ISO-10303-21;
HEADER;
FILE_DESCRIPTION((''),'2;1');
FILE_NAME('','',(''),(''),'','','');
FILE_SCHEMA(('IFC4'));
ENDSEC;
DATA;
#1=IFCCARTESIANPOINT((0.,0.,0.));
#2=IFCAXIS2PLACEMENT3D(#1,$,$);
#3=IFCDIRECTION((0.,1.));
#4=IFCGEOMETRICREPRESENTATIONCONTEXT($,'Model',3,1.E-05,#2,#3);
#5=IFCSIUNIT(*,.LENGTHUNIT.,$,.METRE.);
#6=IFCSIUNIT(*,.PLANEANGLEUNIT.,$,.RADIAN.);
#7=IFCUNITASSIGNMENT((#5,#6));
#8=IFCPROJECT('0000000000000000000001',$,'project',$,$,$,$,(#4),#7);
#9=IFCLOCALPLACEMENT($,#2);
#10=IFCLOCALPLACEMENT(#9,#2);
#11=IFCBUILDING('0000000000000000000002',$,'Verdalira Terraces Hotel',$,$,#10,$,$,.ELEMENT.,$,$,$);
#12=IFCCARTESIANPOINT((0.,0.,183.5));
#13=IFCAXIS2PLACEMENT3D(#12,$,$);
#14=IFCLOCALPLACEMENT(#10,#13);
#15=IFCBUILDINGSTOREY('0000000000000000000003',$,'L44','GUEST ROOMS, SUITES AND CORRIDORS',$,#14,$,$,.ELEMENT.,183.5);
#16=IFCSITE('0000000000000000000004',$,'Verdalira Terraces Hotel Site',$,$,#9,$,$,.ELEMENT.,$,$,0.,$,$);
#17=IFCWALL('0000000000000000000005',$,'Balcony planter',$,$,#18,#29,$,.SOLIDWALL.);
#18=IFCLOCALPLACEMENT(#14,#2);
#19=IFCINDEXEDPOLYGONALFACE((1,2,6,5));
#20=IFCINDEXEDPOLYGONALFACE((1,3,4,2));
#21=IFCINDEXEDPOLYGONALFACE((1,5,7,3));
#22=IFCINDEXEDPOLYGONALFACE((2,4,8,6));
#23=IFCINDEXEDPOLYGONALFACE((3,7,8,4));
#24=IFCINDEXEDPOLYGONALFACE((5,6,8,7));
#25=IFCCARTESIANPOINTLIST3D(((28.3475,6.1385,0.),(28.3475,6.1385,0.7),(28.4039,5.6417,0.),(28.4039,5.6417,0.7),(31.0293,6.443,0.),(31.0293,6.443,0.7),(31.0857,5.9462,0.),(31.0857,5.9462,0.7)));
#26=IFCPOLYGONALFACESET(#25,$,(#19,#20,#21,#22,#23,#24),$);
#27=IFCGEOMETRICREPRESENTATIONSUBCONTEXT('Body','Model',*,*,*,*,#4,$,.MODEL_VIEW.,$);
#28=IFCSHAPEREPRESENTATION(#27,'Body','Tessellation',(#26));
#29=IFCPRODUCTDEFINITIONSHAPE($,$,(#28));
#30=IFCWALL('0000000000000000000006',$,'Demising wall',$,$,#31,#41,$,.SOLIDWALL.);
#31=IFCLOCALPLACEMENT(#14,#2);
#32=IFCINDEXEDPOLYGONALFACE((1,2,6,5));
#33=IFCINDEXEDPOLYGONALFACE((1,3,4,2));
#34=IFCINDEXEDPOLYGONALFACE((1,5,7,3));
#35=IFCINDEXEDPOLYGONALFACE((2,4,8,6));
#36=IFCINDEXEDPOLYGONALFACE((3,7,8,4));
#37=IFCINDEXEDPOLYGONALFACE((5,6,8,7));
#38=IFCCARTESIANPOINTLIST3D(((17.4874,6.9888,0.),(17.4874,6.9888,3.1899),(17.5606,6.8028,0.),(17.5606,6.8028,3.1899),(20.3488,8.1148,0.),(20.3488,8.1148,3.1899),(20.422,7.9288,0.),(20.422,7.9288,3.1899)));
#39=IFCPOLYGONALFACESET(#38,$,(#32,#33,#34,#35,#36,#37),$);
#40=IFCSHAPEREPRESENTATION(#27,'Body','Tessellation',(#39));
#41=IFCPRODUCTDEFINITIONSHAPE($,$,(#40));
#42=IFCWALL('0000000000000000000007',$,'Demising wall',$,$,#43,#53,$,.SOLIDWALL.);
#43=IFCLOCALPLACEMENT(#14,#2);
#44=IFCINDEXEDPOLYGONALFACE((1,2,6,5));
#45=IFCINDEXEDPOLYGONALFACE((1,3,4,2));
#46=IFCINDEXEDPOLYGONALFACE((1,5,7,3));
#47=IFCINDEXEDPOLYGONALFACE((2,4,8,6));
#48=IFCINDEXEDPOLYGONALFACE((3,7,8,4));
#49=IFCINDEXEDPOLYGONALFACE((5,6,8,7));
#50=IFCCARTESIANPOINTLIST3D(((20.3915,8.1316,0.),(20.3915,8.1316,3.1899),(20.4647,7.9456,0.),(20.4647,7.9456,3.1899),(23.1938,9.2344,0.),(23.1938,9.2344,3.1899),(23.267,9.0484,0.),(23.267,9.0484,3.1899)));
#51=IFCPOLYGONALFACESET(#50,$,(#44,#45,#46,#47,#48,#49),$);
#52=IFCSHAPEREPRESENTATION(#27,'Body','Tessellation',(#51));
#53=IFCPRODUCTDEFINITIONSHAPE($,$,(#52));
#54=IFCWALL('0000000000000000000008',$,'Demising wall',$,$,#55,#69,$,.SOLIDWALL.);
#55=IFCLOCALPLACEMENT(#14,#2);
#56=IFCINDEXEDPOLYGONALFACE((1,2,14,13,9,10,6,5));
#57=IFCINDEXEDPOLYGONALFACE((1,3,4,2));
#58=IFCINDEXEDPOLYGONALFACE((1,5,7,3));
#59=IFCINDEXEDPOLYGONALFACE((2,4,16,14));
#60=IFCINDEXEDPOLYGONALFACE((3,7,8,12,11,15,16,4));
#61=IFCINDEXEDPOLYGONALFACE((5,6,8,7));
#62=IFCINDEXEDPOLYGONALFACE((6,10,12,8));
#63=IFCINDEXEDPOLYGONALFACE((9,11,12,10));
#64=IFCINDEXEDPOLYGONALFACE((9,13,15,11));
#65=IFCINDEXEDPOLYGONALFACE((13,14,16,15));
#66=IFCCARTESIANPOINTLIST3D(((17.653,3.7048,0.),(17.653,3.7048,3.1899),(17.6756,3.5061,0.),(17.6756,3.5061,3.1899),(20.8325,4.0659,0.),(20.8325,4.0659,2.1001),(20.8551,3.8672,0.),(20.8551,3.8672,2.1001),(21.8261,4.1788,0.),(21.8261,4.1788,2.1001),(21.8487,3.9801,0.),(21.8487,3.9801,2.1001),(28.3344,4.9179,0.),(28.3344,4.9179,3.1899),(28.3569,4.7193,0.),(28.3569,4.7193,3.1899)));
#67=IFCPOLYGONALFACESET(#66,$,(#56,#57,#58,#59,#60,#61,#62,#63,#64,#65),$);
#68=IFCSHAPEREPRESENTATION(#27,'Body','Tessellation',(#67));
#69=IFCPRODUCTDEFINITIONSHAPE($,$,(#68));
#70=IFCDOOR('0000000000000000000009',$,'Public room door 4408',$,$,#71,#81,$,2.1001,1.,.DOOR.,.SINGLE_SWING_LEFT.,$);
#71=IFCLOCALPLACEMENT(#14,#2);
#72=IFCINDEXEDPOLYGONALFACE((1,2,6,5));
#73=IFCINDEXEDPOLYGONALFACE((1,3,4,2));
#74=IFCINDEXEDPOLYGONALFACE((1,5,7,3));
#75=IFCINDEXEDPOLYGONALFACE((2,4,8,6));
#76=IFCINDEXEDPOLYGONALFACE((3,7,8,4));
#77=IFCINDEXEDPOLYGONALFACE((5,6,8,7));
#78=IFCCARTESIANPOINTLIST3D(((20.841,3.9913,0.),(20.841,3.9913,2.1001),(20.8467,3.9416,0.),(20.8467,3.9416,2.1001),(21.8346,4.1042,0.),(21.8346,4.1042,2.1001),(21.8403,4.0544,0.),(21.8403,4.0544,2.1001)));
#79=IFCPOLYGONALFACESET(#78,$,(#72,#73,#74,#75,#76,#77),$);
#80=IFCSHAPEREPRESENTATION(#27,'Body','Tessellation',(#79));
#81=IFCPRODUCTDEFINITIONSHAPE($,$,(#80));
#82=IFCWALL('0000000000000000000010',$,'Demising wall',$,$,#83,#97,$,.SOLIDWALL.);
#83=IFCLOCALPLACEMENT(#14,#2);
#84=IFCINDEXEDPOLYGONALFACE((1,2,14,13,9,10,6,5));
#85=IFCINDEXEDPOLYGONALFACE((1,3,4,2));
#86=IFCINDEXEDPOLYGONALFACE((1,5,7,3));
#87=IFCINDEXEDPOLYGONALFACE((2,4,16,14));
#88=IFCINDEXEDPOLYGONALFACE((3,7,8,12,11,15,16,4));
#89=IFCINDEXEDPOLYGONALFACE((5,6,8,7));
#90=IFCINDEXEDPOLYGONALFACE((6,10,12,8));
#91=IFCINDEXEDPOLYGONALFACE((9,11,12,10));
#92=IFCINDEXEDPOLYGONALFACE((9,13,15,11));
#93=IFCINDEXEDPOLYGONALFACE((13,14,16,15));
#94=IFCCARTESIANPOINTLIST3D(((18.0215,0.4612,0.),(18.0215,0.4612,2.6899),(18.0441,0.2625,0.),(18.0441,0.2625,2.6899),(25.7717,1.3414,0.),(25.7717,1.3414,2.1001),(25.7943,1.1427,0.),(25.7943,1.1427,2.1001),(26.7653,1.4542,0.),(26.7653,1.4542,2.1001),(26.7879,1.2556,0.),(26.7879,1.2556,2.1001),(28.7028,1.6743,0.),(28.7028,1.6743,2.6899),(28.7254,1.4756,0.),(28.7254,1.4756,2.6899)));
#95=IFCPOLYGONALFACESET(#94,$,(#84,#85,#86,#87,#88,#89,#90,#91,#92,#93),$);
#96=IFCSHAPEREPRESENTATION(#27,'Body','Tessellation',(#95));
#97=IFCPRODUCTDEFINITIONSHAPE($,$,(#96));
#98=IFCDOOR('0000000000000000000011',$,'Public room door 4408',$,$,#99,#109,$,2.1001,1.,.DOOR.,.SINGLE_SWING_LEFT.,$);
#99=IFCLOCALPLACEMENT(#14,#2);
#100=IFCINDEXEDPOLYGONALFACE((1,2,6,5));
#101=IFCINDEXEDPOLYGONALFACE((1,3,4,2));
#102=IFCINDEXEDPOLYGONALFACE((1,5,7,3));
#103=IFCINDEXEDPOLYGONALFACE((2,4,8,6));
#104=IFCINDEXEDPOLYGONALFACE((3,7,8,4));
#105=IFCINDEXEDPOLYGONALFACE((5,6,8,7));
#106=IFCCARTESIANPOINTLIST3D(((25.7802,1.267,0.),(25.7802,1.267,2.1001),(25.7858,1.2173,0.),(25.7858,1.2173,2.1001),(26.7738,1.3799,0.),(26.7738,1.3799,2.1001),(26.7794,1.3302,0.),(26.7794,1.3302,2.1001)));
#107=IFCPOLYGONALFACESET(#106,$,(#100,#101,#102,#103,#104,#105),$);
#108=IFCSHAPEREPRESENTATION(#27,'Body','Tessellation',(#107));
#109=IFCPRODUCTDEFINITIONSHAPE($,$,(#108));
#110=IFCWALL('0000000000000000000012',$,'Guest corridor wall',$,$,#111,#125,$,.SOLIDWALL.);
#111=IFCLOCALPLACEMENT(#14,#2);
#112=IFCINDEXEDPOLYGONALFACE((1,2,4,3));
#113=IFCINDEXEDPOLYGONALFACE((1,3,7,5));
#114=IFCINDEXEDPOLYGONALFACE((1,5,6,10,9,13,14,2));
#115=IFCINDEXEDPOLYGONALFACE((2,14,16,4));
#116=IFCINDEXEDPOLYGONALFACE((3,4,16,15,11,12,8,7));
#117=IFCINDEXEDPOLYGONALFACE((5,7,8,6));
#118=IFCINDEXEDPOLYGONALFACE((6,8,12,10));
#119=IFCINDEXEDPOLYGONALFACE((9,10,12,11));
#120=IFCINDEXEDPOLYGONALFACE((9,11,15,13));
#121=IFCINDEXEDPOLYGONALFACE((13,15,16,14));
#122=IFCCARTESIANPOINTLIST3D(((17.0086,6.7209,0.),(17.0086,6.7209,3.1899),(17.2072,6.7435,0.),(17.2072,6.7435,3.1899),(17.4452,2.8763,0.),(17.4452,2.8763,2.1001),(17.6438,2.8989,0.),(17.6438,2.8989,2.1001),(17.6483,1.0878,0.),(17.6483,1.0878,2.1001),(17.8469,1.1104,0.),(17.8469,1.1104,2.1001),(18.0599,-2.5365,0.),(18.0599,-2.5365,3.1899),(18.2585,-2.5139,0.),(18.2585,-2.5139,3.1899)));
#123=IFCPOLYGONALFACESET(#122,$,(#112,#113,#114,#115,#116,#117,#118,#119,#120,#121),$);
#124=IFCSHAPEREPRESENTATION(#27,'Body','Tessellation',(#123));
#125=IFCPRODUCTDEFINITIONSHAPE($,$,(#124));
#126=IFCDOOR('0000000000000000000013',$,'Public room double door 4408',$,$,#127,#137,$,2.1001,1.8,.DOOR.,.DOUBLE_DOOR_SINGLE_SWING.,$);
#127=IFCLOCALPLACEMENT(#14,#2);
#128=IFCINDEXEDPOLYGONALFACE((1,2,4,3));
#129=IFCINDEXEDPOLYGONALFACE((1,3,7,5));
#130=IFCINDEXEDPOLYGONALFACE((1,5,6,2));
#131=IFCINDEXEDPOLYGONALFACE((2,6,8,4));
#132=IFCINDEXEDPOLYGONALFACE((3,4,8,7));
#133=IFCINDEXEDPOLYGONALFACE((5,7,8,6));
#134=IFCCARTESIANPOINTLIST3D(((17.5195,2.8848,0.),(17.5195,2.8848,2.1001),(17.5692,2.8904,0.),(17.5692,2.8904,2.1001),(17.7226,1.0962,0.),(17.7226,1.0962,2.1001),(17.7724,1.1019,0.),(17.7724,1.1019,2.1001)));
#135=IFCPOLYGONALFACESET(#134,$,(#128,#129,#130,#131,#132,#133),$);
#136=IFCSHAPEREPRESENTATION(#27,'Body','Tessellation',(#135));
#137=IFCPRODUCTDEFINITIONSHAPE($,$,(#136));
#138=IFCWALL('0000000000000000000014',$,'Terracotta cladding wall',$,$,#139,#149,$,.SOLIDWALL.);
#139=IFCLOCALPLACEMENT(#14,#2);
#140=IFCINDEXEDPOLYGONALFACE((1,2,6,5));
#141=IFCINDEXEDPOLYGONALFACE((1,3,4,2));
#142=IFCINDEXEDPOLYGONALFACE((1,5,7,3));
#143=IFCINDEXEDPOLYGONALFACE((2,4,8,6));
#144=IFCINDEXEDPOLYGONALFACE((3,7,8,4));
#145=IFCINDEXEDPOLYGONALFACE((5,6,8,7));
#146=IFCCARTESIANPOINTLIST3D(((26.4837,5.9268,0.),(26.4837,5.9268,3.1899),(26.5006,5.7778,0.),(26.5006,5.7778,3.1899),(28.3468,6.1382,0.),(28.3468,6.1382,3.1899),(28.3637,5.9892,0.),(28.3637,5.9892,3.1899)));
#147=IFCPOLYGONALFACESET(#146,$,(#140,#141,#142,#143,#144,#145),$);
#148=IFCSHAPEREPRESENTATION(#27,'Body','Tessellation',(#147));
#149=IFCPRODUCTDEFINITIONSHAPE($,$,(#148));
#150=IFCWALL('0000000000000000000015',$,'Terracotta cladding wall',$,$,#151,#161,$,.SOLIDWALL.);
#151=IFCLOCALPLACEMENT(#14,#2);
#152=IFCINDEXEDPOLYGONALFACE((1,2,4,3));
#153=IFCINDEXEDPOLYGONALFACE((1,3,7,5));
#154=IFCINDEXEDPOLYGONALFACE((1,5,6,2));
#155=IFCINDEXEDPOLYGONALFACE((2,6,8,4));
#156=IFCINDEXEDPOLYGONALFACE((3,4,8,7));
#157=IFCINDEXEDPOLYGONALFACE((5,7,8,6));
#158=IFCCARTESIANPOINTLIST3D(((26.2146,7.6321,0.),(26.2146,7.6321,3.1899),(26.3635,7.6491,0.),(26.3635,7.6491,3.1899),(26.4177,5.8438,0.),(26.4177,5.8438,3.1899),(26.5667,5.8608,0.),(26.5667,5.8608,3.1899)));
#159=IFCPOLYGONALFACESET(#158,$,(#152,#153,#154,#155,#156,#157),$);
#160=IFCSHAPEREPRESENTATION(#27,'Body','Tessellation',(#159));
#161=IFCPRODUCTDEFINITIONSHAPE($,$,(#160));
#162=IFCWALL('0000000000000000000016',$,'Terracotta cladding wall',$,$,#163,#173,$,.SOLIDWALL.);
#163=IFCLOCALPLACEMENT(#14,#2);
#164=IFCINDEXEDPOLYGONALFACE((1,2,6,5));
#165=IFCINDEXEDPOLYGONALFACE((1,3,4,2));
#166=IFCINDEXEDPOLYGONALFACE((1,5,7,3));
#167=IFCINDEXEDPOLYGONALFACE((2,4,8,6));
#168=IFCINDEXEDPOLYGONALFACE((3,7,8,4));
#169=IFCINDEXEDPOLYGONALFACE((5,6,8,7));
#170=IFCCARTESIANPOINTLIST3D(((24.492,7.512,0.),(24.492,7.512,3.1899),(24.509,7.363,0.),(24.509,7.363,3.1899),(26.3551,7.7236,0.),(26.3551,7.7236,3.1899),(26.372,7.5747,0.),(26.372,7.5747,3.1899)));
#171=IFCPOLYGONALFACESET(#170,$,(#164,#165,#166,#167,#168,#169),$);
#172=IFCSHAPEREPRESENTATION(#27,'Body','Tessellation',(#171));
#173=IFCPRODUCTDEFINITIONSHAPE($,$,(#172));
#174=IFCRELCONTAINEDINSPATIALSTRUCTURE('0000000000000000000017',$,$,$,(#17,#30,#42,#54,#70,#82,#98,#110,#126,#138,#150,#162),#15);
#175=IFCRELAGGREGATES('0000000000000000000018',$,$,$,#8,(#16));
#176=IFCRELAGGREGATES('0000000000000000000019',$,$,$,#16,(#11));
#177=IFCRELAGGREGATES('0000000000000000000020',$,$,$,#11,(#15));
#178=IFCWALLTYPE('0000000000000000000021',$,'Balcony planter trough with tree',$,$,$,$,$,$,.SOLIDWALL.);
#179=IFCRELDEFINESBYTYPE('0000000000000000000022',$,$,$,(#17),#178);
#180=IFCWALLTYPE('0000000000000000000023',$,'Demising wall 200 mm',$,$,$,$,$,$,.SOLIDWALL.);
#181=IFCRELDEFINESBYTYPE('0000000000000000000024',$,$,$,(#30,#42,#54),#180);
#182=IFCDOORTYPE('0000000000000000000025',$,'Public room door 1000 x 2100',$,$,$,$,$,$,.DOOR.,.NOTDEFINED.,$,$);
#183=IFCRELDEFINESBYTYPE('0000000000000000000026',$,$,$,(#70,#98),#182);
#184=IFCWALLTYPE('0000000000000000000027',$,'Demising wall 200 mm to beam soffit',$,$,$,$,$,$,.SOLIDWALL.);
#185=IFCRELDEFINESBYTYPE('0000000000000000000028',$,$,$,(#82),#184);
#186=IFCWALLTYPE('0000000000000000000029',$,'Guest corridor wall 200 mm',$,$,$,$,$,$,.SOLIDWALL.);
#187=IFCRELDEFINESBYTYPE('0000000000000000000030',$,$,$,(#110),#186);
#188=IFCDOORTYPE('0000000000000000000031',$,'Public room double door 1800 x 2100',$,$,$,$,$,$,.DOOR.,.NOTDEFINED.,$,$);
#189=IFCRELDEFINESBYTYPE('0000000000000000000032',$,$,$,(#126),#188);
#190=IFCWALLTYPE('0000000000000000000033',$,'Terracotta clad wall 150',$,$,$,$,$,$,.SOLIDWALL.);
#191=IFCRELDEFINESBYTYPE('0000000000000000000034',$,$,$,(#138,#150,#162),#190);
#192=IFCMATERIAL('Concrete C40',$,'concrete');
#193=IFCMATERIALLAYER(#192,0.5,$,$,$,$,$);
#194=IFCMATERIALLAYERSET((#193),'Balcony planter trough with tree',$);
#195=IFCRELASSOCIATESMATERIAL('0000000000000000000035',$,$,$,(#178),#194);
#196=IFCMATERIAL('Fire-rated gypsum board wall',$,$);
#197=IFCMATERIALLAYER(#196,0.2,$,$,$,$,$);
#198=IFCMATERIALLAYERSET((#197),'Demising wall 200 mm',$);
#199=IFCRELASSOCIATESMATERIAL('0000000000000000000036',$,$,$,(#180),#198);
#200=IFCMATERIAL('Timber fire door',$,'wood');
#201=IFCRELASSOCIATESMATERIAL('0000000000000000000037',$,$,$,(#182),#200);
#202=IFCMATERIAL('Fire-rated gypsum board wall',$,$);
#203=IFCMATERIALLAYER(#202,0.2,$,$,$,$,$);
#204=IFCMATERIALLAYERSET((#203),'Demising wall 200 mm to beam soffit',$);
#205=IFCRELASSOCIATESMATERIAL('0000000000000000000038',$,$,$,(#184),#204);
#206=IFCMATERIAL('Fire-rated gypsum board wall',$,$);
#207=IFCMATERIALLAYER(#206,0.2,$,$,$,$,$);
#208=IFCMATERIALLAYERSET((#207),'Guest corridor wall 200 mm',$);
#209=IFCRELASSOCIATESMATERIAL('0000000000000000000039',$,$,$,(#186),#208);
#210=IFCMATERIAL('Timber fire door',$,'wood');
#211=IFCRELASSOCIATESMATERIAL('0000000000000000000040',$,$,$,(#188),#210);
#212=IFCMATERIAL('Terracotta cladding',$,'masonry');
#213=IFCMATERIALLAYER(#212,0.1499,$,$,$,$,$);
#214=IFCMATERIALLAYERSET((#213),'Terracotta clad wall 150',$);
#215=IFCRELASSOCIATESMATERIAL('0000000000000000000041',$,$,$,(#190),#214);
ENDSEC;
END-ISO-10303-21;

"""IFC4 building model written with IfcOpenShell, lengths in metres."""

from ifc_helpers import new_model, si_unit, direction, frame, frame_2d, origin, place, context, subcontext, project, spatial, rectangle, extrude, material, layer, layer_set, type_object, element, fill, save


model = new_model("IFC4")

# Units and contexts
model_context = context("Model", 3, precision=1e-05, world=origin(), true_north=direction((0.0, 1.0)))
body_context = subcontext(model_context, "Body", "Model", "MODEL_VIEW")
ifc_project = project(units=[si_unit("LENGTHUNIT", "METRE"), si_unit("PLANEANGLEUNIT", "RADIAN")], contexts=[model_context])

# Site, building, storey
site_placement = place(None, origin())
site = spatial("IfcSite", under=ifc_project, at=site_placement, Name="Verdalira Terraces Hotel Site", CompositionType="ELEMENT", RefElevation=0.0)
building_placement = place(site_placement, origin())
building = spatial("IfcBuilding", under=site, at=building_placement, Name="Verdalira Terraces Hotel", CompositionType="ELEMENT")
storey_placement = place(building_placement, frame((0.0, 0.0, 183.5)))
storey = spatial("IfcBuildingStorey", under=building, at=storey_placement, Name="L44", Description="GUEST ROOMS, SUITES AND CORRIDORS", CompositionType="ELEMENT", Elevation=183.5)

# Walls
ifc_material_1 = material(Name="Concrete C40", Category="concrete")
ifc_layer_1 = layer(ifc_material_1, 0.5)
ifc_layer_set_1 = layer_set([ifc_layer_1], Name="Balcony planter trough with tree")
wall_type_1 = type_object("IfcWallType", Name="Balcony planter trough with tree", PredefinedType="SOLIDWALL", material=ifc_layer_set_1)
wall_1_placement = place(storey_placement, frame((31.0576, 6.1946, 0.0), z_axis=(0.0, 0.0, 1.0), x_axis=(-0.993617, -0.112804, 0.0)))
element("IfcWall", 1, at=wall_1_placement, inside=storey, type_object=wall_type_1, Name="Balcony planter", PredefinedType="SOLIDWALL", context=body_context, shape_type="SweptSolid", body=[
    extrude(rectangle(XDim=2.699, YDim=0.5, at=frame_2d((1.3496, 0.0))), origin(), (0.0, 0.0, 1.0), 0.7),
])
ifc_material_2 = material(Name="Fire-rated gypsum board wall")
ifc_layer_2 = layer(ifc_material_2, 0.2)
ifc_layer_set_2 = layer_set([ifc_layer_2], Name="Demising wall 200 mm")
wall_type_2 = type_object("IfcWallType", Name="Demising wall 200 mm", PredefinedType="SOLIDWALL", material=ifc_layer_set_2)
wall_2_placement = place(storey_placement, frame((17.5239, 6.8958, 0.0), z_axis=(0.0, 0.0, 1.0), x_axis=(0.930543, 0.366183, 0.0)))
element("IfcWall", 2, at=wall_2_placement, inside=storey, type_object=wall_type_2, Name="Demising wall", PredefinedType="SOLIDWALL", context=body_context, shape_type="SweptSolid", body=[
    extrude(rectangle(XDim=3.075, YDim=0.2, at=frame_2d((1.5376, 0.0))), origin(), (0.0, 0.0, 1.0), 3.1899),
])
wall_3_placement = place(storey_placement, frame((20.428, 8.0386, 0.0), z_axis=(0.0, 0.0, 1.0), x_axis=(0.930537, 0.366199, 0.0)))
element("IfcWall", 3, at=wall_3_placement, inside=storey, type_object=wall_type_2, Name="Demising wall", PredefinedType="SOLIDWALL", context=body_context, shape_type="SweptSolid", body=[
    extrude(rectangle(XDim=3.0115, YDim=0.2, at=frame_2d((1.5059, 0.0))), origin(), (0.0, 0.0, 1.0), 3.1899),
])

# Walls, openings, doors
wall_4_placement = place(storey_placement, frame((17.6643, 3.6055, 0.0), z_axis=(0.0, 0.0, 1.0), x_axis=(0.993612, 0.112849, 0.0)))
wall_4 = element("IfcWall", 4, at=wall_4_placement, inside=storey, type_object=wall_type_2, Name="Demising wall", PredefinedType="SOLIDWALL", context=body_context, shape_type="SweptSolid", body=[
    extrude(rectangle(XDim=10.75, YDim=0.2, at=frame_2d((5.375, 0.0))), origin(), (0.0, 0.0, 1.0), 3.1899),
])
opening_1_placement = place(wall_4_placement, frame((3.2, 0.0, 0.0)))
opening_1 = element("IfcOpeningElement", 5, at=opening_1_placement, cuts=wall_4, PredefinedType="OPENING", context=body_context, shape_type="SweptSolid", body=[
    extrude(rectangle(XDim=1.0, YDim=2.1001, at=frame_2d((0.5, 1.05))), frame((0.0, 0.1099, 0.0), z_axis=(0.0, -1.0, 0.0), x_axis=(1.0, 0.0, 0.0)), (0.0, 0.0, 1.0), 0.22),
])
ifc_material_3 = material(Name="Timber fire door", Category="wood")
door_type_1 = type_object("IfcDoorType", Name="Public room door 1000 x 2100", OperationType="NOTDEFINED", PredefinedType="DOOR", material=ifc_material_3)
door_1_placement = place(opening_1_placement, origin())
door_1 = element("IfcDoor", 6, at=door_1_placement, inside=storey, type_object=door_type_1, Name="Public room door 4408", OperationType="SINGLE_SWING_LEFT", OverallHeight=2.1001, OverallWidth=1.0, PredefinedType="DOOR", context=body_context, shape_type="SweptSolid", body=[
    extrude(rectangle(XDim=1.0, YDim=2.1001, at=frame_2d((0.5, 1.05))), frame((0.0, 0.0249, 0.0), z_axis=(0.0, -1.0, 0.0), x_axis=(1.0, 0.0, 0.0)), (0.0, 0.0, 1.0), 0.05),
])
fill(opening_1, door_1)
ifc_material_4 = material(Name="Fire-rated gypsum board wall")
ifc_layer_3 = layer(ifc_material_4, 0.2)
ifc_layer_set_3 = layer_set([ifc_layer_3], Name="Demising wall 200 mm to beam soffit")
wall_type_3 = type_object("IfcWallType", Name="Demising wall 200 mm to beam soffit", PredefinedType="SOLIDWALL", material=ifc_layer_set_3)
wall_5_placement = place(storey_placement, frame((28.7141, 1.575, 0.0), z_axis=(0.0, 0.0, 1.0), x_axis=(-0.993612, -0.112849, 0.0)))
wall_5 = element("IfcWall", 7, at=wall_5_placement, inside=storey, type_object=wall_type_3, Name="Demising wall", PredefinedType="SOLIDWALL", context=body_context, shape_type="SweptSolid", body=[
    extrude(rectangle(XDim=10.75, YDim=0.2, at=frame_2d((5.375, 0.0))), origin(), (0.0, 0.0, 1.0), 2.6899),
])
opening_2_placement = place(wall_5_placement, frame((1.95, 0.0, 0.0)))
opening_2 = element("IfcOpeningElement", 8, at=opening_2_placement, cuts=wall_5, PredefinedType="OPENING", context=body_context, shape_type="SweptSolid", body=[
    extrude(rectangle(XDim=1.0, YDim=2.1001, at=frame_2d((0.5, 1.05))), frame((0.0, 0.1099, 0.0), z_axis=(0.0, -1.0, 0.0), x_axis=(1.0, 0.0, 0.0)), (0.0, 0.0, 1.0), 0.22),
])
door_2_placement = place(opening_2_placement, origin())
door_2 = element("IfcDoor", 9, at=door_2_placement, inside=storey, type_object=door_type_1, Name="Public room door 4408", OperationType="SINGLE_SWING_LEFT", OverallHeight=2.1001, OverallWidth=1.0, PredefinedType="DOOR", context=body_context, shape_type="SweptSolid", body=[
    extrude(rectangle(XDim=1.0, YDim=2.1001, at=frame_2d((0.5, 1.05))), frame((0.0, 0.0249, 0.0), z_axis=(0.0, -1.0, 0.0), x_axis=(1.0, 0.0, 0.0)), (0.0, 0.0, 1.0), 0.05),
])
fill(opening_2, door_2)
ifc_material_5 = material(Name="Fire-rated gypsum board wall")
ifc_layer_4 = layer(ifc_material_5, 0.2)
ifc_layer_set_4 = layer_set([ifc_layer_4], Name="Guest corridor wall 200 mm")
wall_type_4 = type_object("IfcWallType", Name="Guest corridor wall 200 mm", PredefinedType="SOLIDWALL", material=ifc_layer_set_4)
wall_6_placement = place(storey_placement, frame((17.1079, 6.7322, 0.0), z_axis=(0.0, 0.0, 1.0), x_axis=(0.112836, -0.993614, 0.0)))
wall_6 = element("IfcWall", 10, at=wall_6_placement, inside=storey, type_object=wall_type_4, Name="Guest corridor wall", PredefinedType="SOLIDWALL", context=body_context, shape_type="SweptSolid", body=[
    extrude(rectangle(XDim=9.3169, YDim=0.2, at=frame_2d((4.6584, 0.0))), origin(), (0.0, 0.0, 1.0), 3.1899),
])
opening_3_placement = place(wall_6_placement, frame((3.8694, 0.0, 0.0)))
opening_3 = element("IfcOpeningElement", 11, at=opening_3_placement, cuts=wall_6, PredefinedType="OPENING", context=body_context, shape_type="SweptSolid", body=[
    extrude(rectangle(XDim=1.8, YDim=2.1001, at=frame_2d((0.8999, 1.05))), frame((0.0, 0.1099, 0.0), z_axis=(0.0, -1.0, 0.0), x_axis=(1.0, 0.0, 0.0)), (0.0, 0.0, 1.0), 0.22),
])
ifc_material_6 = material(Name="Timber fire door", Category="wood")
door_type_2 = type_object("IfcDoorType", Name="Public room double door 1800 x 2100", OperationType="NOTDEFINED", PredefinedType="DOOR", material=ifc_material_6)
door_3_placement = place(opening_3_placement, origin())
door_3 = element("IfcDoor", 12, at=door_3_placement, inside=storey, type_object=door_type_2, Name="Public room double door 4408", OperationType="DOUBLE_DOOR_SINGLE_SWING", OverallHeight=2.1001, OverallWidth=1.8, PredefinedType="DOOR", context=body_context, shape_type="SweptSolid", body=[
    extrude(rectangle(XDim=1.8, YDim=2.1001, at=frame_2d((0.8999, 1.05))), frame((0.0, 0.0249, 0.0), z_axis=(0.0, -1.0, 0.0), x_axis=(1.0, 0.0, 0.0)), (0.0, 0.0, 1.0), 0.05),
])
fill(opening_3, door_3)

# Walls
ifc_material_7 = material(Name="Terracotta cladding", Category="masonry")
ifc_layer_5 = layer(ifc_material_7, 0.1499)
ifc_layer_set_5 = layer_set([ifc_layer_5], Name="Terracotta clad wall 150")
wall_type_5 = type_object("IfcWallType", Name="Terracotta clad wall 150", PredefinedType="SOLIDWALL", material=ifc_layer_set_5)
wall_7_placement = place(storey_placement, frame((28.3552, 6.0637, 0.0), z_axis=(0.0, 0.0, 1.0), x_axis=(-0.993622, -0.112761, 0.0)))
element("IfcWall", 13, at=wall_7_placement, inside=storey, type_object=wall_type_5, Name="Terracotta cladding wall", PredefinedType="SOLIDWALL", context=body_context, shape_type="SweptSolid", body=[
    extrude(rectangle(XDim=1.875, YDim=0.1499, at=frame_2d((0.9375, 0.0))), origin(), (0.0, 0.0, 1.0), 3.1899),
])
wall_8_placement = place(storey_placement, frame((26.4922, 5.8523, 0.0), z_axis=(0.0, 0.0, 1.0), x_axis=(-0.112858, 0.993611, 0.0)))
element("IfcWall", 14, at=wall_8_placement, inside=storey, type_object=wall_type_5, Name="Terracotta cladding wall", PredefinedType="SOLIDWALL", context=body_context, shape_type="SweptSolid", body=[
    extrude(rectangle(XDim=1.7998, YDim=0.1499, at=frame_2d((0.8999, 0.0))), origin(), (0.0, 0.0, 1.0), 3.1899),
])
for number, where, z_axis, x_axis, name in (
    (15, (26.3635, 7.6492, 0.0), (0.0, 0.0, 1.0), (-0.993608, -0.112889, 0.0), "Terracotta cladding wall"),
):
    element("IfcWall", number, at=place(storey_placement, frame(where, z_axis=z_axis, x_axis=x_axis)), inside=storey, type_object=wall_type_5, Name=name, PredefinedType="SOLIDWALL", context=body_context, shape_type="SweptSolid", body=[
        extrude(rectangle(XDim=1.875, YDim=0.1499, at=frame_2d((0.9375, 0.0))), origin(), (0.0, 0.0, 1.0), 3.1899),
    ])

save(model, "model.ifc")
